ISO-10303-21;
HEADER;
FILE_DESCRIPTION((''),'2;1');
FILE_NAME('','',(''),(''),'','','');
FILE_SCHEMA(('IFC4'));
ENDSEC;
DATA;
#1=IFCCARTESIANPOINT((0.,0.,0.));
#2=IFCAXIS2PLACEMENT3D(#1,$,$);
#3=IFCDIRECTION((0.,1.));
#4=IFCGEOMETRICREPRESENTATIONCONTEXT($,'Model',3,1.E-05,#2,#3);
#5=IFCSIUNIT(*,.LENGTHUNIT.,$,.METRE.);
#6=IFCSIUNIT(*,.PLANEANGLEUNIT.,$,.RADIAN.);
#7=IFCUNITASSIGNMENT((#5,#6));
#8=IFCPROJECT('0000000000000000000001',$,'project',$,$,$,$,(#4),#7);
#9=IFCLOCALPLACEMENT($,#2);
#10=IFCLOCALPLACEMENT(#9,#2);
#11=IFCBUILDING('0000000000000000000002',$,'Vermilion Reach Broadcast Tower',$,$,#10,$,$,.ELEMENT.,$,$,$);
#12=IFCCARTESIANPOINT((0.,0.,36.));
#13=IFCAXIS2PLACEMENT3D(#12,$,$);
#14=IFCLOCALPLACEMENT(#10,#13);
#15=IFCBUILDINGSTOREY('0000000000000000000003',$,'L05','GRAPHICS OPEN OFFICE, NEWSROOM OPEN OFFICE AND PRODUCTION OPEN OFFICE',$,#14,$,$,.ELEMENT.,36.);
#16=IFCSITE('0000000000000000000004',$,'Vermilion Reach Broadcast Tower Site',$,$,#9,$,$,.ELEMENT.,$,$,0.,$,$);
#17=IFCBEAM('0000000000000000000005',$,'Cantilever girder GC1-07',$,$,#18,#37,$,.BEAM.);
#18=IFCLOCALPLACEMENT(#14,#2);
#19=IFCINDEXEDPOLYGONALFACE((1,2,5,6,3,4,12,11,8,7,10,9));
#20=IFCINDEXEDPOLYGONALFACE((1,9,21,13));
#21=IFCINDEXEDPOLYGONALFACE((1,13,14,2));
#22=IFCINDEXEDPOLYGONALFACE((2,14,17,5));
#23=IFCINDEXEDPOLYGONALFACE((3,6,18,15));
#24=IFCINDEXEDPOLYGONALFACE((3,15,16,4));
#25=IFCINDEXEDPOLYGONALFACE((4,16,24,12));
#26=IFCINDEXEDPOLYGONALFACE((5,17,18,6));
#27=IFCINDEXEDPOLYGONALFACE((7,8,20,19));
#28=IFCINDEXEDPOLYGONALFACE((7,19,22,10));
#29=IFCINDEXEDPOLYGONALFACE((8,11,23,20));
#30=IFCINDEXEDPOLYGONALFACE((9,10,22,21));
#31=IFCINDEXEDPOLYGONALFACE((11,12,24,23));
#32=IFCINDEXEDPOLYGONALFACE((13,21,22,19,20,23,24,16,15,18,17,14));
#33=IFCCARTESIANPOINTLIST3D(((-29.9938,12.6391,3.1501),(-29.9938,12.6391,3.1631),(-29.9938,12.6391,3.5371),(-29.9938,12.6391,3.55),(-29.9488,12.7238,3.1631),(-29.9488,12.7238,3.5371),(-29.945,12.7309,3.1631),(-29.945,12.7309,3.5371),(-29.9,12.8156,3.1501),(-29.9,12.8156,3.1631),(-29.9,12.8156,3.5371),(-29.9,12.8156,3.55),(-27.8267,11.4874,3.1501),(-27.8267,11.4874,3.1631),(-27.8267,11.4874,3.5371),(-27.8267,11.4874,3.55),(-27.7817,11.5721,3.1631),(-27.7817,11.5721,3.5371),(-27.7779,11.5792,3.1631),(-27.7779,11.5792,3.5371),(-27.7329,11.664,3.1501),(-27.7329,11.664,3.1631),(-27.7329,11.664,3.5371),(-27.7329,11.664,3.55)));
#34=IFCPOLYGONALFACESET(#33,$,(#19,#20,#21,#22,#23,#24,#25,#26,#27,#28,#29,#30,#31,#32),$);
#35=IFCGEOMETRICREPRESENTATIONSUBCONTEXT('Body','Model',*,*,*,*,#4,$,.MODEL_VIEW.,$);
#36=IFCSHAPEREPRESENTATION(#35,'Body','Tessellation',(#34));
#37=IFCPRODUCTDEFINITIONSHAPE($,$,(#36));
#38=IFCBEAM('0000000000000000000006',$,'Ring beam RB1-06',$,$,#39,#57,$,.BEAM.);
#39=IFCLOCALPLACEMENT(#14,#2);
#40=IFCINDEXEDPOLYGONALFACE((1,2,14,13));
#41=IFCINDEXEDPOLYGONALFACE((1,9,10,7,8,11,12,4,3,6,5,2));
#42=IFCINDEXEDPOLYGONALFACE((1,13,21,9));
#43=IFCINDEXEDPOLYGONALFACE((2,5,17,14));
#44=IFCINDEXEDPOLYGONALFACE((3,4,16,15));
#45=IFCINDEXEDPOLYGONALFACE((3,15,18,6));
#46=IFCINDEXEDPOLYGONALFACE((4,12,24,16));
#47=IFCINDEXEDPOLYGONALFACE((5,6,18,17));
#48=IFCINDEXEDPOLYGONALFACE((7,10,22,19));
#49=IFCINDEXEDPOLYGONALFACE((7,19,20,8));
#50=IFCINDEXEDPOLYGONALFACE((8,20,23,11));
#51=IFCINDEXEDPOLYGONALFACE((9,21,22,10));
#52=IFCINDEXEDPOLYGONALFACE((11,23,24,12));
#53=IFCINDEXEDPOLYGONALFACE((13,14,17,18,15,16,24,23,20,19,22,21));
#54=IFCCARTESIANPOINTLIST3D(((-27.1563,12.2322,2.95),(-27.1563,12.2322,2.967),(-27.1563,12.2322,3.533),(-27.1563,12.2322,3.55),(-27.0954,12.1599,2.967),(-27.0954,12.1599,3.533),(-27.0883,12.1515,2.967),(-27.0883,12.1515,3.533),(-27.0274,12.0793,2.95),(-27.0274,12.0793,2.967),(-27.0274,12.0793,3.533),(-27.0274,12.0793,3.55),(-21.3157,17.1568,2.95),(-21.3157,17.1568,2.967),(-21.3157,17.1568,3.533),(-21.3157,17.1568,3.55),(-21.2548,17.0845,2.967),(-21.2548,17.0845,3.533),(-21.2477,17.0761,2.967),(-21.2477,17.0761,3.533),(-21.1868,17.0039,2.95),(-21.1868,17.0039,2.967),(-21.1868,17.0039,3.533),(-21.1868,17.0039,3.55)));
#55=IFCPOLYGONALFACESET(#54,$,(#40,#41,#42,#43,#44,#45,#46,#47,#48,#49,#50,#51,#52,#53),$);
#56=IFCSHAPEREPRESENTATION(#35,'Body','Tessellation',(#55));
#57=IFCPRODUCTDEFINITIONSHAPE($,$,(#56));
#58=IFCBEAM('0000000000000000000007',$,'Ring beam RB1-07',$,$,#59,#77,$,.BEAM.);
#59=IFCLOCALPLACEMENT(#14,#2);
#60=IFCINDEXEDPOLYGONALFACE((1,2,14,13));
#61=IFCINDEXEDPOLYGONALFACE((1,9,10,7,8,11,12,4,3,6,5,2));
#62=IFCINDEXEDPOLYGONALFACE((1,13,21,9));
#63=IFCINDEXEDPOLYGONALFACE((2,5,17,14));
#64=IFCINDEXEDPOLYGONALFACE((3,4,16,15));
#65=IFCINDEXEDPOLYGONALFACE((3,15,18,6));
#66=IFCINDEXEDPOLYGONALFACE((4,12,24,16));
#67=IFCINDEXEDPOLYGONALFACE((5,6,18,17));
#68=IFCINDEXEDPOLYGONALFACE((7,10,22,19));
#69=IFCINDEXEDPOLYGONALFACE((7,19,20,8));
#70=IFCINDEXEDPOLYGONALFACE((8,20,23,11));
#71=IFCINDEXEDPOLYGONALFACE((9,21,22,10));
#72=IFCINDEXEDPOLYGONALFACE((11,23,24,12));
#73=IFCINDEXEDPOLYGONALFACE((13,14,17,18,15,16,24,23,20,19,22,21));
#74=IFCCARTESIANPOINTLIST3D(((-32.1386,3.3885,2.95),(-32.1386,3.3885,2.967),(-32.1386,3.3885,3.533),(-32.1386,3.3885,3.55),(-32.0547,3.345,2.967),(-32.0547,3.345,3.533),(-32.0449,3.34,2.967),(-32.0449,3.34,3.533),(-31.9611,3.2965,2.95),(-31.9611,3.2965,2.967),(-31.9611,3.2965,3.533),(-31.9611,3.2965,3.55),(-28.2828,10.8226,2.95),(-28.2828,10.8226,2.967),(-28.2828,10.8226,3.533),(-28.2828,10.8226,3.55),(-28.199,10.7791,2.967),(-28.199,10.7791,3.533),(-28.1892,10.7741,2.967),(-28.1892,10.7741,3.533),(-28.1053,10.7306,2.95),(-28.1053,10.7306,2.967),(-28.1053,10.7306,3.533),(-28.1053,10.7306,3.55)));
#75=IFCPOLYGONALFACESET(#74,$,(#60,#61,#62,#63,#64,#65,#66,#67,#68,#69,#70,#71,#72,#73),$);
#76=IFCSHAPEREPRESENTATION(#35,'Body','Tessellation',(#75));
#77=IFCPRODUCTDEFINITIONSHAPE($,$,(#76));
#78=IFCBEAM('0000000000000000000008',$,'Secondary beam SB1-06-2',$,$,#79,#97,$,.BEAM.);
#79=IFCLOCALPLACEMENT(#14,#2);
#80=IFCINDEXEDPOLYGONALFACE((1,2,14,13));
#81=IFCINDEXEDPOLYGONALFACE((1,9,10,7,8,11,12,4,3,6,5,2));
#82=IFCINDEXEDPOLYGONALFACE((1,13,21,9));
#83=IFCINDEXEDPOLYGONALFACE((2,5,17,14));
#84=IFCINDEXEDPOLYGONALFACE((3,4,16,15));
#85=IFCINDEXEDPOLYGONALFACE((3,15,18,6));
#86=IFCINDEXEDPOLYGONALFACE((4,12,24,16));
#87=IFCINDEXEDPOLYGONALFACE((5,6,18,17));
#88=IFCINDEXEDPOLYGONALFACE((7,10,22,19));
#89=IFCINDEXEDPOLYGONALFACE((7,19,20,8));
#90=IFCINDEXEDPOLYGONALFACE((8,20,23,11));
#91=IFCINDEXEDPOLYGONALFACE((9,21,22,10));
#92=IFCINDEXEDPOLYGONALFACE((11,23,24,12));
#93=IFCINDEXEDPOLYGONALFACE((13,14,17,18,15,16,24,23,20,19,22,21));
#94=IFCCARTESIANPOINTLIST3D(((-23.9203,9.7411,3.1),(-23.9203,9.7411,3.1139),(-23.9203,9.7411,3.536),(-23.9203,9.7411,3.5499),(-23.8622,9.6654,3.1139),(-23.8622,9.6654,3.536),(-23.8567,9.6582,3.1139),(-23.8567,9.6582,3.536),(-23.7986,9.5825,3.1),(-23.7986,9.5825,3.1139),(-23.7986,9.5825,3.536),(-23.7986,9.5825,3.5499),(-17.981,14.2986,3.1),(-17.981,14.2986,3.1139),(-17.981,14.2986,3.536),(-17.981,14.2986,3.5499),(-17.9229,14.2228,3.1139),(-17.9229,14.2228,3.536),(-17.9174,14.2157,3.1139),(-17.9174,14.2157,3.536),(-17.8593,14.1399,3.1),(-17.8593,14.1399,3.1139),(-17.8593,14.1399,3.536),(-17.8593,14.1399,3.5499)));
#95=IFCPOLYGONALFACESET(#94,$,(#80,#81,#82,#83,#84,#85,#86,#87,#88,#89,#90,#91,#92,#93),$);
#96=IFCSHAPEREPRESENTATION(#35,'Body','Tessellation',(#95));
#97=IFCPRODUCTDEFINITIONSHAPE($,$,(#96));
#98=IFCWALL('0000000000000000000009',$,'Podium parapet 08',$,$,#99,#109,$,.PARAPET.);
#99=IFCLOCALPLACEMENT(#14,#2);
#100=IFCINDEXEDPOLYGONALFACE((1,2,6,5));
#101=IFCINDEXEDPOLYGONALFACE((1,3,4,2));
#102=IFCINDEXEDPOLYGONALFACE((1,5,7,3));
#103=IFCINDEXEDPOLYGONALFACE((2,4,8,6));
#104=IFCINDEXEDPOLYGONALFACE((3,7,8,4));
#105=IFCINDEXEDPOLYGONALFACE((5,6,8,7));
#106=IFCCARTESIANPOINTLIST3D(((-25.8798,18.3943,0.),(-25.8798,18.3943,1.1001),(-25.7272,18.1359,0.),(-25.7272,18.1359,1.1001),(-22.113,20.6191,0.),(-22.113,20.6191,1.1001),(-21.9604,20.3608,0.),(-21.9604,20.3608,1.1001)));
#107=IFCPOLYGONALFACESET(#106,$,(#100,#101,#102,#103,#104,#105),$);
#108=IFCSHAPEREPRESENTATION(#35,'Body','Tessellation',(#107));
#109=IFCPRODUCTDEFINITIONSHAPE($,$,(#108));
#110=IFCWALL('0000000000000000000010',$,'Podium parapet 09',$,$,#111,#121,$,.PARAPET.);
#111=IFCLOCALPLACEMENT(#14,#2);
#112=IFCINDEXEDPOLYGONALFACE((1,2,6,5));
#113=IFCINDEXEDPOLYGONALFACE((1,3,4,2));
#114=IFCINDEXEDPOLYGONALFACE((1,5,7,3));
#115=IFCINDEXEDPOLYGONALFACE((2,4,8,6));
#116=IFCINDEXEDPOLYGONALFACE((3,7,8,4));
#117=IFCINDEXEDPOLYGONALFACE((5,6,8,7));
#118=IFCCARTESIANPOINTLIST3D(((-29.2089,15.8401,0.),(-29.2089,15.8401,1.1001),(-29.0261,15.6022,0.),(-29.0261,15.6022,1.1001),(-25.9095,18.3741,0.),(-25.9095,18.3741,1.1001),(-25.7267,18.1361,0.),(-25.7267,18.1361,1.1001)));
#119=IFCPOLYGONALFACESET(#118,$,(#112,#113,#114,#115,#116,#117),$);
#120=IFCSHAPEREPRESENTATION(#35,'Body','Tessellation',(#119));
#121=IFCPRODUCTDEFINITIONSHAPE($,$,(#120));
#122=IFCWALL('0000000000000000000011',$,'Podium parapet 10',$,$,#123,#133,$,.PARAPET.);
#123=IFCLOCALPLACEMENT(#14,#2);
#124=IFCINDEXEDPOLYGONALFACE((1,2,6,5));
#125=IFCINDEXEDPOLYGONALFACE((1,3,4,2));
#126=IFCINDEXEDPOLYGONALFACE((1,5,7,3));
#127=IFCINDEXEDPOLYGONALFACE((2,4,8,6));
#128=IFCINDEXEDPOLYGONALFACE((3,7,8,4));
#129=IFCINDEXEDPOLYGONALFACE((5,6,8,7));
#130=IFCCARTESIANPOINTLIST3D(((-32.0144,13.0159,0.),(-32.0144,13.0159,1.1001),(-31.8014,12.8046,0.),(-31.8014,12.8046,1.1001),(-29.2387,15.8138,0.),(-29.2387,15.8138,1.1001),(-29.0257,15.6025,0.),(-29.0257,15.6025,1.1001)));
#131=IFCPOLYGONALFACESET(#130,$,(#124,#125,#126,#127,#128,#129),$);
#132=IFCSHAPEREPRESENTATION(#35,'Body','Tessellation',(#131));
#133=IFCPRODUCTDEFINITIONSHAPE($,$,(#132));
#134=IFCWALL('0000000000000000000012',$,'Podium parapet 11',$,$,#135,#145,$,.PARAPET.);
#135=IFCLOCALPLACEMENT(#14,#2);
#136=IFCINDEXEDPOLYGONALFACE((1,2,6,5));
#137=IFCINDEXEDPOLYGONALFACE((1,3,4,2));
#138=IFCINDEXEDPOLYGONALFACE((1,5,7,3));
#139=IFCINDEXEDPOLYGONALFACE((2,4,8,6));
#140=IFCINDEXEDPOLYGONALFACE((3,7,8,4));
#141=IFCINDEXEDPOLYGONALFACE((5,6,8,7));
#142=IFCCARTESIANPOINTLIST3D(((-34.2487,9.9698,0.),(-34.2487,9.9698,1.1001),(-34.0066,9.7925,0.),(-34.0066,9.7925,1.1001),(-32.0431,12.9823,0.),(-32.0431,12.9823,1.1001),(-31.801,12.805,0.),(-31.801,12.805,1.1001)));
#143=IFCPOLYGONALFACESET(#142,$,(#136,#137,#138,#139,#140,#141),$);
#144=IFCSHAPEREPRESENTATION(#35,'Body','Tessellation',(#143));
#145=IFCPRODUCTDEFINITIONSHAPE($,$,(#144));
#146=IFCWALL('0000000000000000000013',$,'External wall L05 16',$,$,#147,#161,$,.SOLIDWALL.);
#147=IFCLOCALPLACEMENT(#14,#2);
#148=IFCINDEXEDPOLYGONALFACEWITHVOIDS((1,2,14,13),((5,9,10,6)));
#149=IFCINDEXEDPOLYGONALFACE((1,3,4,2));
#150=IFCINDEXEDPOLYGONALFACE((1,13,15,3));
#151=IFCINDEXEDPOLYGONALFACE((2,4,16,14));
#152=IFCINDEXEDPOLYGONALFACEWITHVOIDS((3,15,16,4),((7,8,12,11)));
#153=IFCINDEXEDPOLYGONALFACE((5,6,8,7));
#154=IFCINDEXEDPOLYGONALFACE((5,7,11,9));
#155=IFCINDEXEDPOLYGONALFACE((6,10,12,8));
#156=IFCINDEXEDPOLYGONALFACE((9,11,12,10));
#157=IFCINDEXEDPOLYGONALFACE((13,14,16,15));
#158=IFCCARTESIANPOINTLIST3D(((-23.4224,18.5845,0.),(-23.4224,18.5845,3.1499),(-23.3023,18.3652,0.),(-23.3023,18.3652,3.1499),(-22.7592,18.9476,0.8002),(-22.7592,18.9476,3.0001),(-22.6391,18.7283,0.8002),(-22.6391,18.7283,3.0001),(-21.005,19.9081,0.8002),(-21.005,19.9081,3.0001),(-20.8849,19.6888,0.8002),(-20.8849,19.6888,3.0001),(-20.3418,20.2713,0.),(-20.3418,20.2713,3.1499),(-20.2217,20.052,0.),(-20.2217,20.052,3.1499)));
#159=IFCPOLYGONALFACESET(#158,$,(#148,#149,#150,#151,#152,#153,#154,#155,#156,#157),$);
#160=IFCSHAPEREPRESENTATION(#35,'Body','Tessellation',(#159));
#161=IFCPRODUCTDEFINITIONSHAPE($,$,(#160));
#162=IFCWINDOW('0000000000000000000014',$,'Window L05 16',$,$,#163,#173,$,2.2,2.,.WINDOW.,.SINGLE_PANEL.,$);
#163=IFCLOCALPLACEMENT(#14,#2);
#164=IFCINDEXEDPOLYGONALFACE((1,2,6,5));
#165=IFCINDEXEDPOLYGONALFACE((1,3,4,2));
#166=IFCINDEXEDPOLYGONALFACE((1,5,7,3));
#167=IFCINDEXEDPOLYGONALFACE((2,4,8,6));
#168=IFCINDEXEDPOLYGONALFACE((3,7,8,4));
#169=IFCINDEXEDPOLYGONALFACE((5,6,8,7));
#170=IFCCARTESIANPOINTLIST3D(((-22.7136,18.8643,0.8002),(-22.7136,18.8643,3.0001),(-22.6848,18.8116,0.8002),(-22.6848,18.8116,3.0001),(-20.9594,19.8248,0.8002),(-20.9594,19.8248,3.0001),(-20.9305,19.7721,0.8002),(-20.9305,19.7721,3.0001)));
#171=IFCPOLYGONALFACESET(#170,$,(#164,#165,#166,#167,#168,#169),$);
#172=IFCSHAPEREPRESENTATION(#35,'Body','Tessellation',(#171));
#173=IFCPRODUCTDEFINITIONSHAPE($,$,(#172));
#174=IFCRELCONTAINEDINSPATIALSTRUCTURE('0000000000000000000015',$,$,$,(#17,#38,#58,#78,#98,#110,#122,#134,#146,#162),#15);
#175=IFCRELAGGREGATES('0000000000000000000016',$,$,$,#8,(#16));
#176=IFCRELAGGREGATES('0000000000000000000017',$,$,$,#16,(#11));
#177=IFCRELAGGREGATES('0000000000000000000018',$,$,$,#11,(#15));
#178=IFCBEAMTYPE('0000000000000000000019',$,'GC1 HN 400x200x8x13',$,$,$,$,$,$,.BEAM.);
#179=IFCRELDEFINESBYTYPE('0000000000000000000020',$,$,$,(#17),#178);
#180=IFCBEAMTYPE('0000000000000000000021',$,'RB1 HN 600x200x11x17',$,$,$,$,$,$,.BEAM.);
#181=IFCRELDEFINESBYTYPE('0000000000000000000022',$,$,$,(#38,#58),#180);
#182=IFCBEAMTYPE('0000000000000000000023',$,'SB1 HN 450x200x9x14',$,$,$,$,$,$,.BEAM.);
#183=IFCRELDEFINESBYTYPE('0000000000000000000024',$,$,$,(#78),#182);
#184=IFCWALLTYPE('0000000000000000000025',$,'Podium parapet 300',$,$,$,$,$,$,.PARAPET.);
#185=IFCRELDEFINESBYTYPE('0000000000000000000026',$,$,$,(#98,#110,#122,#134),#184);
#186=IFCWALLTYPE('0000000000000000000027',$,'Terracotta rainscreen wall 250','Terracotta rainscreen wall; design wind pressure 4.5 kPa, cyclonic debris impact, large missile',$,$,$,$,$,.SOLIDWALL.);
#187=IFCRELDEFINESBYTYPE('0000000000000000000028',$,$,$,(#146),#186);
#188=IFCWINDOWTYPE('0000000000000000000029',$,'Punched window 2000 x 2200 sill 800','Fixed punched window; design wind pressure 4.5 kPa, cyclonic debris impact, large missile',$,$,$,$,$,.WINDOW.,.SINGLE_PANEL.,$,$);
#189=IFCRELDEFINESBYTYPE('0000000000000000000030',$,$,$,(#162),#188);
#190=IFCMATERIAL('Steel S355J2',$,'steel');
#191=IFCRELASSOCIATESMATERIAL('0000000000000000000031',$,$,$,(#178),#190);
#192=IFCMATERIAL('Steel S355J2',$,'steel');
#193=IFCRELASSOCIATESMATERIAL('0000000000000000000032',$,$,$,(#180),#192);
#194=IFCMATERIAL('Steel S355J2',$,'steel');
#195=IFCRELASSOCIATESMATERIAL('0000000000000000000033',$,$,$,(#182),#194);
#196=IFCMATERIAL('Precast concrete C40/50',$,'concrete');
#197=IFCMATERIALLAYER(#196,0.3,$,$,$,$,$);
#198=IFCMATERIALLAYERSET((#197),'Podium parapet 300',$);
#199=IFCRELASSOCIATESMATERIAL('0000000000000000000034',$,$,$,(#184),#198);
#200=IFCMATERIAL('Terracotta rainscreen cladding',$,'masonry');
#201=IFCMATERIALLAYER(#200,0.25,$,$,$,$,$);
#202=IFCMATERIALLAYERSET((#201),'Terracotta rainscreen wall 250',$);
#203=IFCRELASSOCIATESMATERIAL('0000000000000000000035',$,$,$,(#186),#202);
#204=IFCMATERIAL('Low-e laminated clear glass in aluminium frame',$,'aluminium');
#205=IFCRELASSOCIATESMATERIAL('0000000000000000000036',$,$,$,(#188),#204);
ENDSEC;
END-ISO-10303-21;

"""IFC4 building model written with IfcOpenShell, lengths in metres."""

from ifc_helpers import new_model, si_unit, direction, frame, frame_2d, origin, origin_2d, place, context, subcontext, project, spatial, rectangle, i_section, extrude, material, layer, layer_set, material_profile, profile_set, type_object, element, fill, save


model = new_model("IFC4")

# Units and contexts
model_context = context("Model", 3, precision=1e-05, world=origin(), true_north=direction((0.0, 1.0)))
body_context = subcontext(model_context, "Body", "Model", "MODEL_VIEW")
ifc_project = project(units=[si_unit("LENGTHUNIT", "METRE"), si_unit("PLANEANGLEUNIT", "RADIAN")], contexts=[model_context])

# Site, building, storey
site_placement = place(None, origin())
site = spatial("IfcSite", under=ifc_project, at=site_placement, Name="Vermilion Reach Broadcast Tower Site", CompositionType="ELEMENT", RefElevation=0.0)
building_placement = place(site_placement, origin())
building = spatial("IfcBuilding", under=site, at=building_placement, Name="Vermilion Reach Broadcast Tower", CompositionType="ELEMENT")
storey_placement = place(building_placement, frame((0.0, 0.0, 36.0)))
storey = spatial("IfcBuildingStorey", under=building, at=storey_placement, Name="L05", Description="GRAPHICS OPEN OFFICE, NEWSROOM OPEN OFFICE AND PRODUCTION OPEN OFFICE", CompositionType="ELEMENT", Elevation=36.0)

# Beams
ifc_material_1 = material(Name="Steel S355J2", Category="steel")
ifc_material_profile_1 = material_profile(ifc_material_1, i_section(OverallWidth=0.2, OverallDepth=0.3999, WebThickness=0.0081, FlangeThickness=0.0129, at=origin_2d()), Name="S355J2 HN 400x200x8x13")
ifc_profile_set_1 = profile_set([ifc_material_profile_1], Name="Steel S355J2")
beam_type_1 = type_object("IfcBeamType", Name="GC1 HN 400x200x8x13", PredefinedType="BEAM", material=ifc_profile_set_1)
beam_1_placement = place(storey_placement, frame((-27.7798, 11.5757, 3.3501), z_axis=(-0.883049, 0.469281, 0.0), x_axis=(-0.469281, -0.883049, 0.0)))
element("IfcBeam", 1, at=beam_1_placement, inside=storey, type_object=beam_type_1, Name="Cantilever girder GC1-07", PredefinedType="BEAM", context=body_context, shape_type="SweptSolid", body=[
    extrude(i_section(OverallWidth=0.2, OverallDepth=0.3999, WebThickness=0.0081, FlangeThickness=0.0129, at=origin_2d()), origin(), (0.0, 0.0, 1.0), 2.4541),
])
ifc_material_2 = material(Name="Steel S355J2", Category="steel")
ifc_material_profile_2 = material_profile(ifc_material_2, i_section(OverallWidth=0.2, OverallDepth=0.6001, WebThickness=0.011, FlangeThickness=0.0171, at=origin_2d()), Name="S355J2 HN 600x200x11x17")
ifc_profile_set_2 = profile_set([ifc_material_profile_2], Name="Steel S355J2")
beam_type_2 = type_object("IfcBeamType", Name="RB1 HN 600x200x11x17", PredefinedType="BEAM", material=ifc_profile_set_2)
beam_2_placement = place(storey_placement, frame((-21.2512, 17.0803, 3.25), z_axis=(-0.764512, -0.644609, 0.0), x_axis=(0.644609, -0.764512, 0.0)))
element("IfcBeam", 2, at=beam_2_placement, inside=storey, type_object=beam_type_2, Name="Ring beam RB1-06", PredefinedType="BEAM", context=body_context, shape_type="SweptSolid", body=[
    extrude(i_section(OverallWidth=0.2, OverallDepth=0.6001, WebThickness=0.011, FlangeThickness=0.0171, at=origin_2d()), origin(), (0.0, 0.0, 1.0), 7.6396),
])
beam_3_placement = place(storey_placement, frame((-28.1941, 10.7766, 3.25), z_axis=(-0.460412, -0.887706, 0.0), x_axis=(0.887706, -0.460412, 0.0)))
element("IfcBeam", 3, at=beam_3_placement, inside=storey, type_object=beam_type_2, Name="Ring beam RB1-07", PredefinedType="BEAM", context=body_context, shape_type="SweptSolid", body=[
    extrude(i_section(OverallWidth=0.2, OverallDepth=0.6001, WebThickness=0.011, FlangeThickness=0.0171, at=origin_2d()), origin(), (0.0, 0.0, 1.0), 8.3745),
])
ifc_material_3 = material(Name="Steel S355J2", Category="steel")
ifc_material_profile_3 = material_profile(ifc_material_3, i_section(OverallWidth=0.2, OverallDepth=0.45, WebThickness=0.009, FlangeThickness=0.0139, at=origin_2d()), Name="S355J2 HN 450x200x9x14")
ifc_profile_set_3 = profile_set([ifc_material_profile_3], Name="Steel S355J2")
beam_type_3 = type_object("IfcBeamType", Name="SB1 HN 450x200x9x14", PredefinedType="BEAM", material=ifc_profile_set_3)
beam_4_placement = place(storey_placement, frame((-17.9202, 14.2192, 3.325), z_axis=(-0.79335, -0.608766, 0.0), x_axis=(0.608766, -0.79335, 0.0)))
element("IfcBeam", 4, at=beam_4_placement, inside=storey, type_object=beam_type_3, Name="Secondary beam SB1-06-2", PredefinedType="BEAM", context=body_context, shape_type="SweptSolid", body=[
    extrude(i_section(OverallWidth=0.2, OverallDepth=0.45, WebThickness=0.009, FlangeThickness=0.0139, at=origin_2d()), origin(), (0.0, 0.0, 1.0), 7.4863),
])

# Walls
ifc_material_4 = material(Name="Precast concrete C40/50", Category="concrete")
ifc_layer_1 = layer(ifc_material_4, 0.3)
ifc_layer_set_1 = layer_set([ifc_layer_1], Name="Podium parapet 300")
wall_type_1 = type_object("IfcWallType", Name="Podium parapet 300", PredefinedType="PARAPET", material=ifc_layer_set_1)
wall_1_placement = place(storey_placement, frame((-22.0366, 20.49, 0.0), z_axis=(0.0, 0.0, 1.0), x_axis=(-0.861028, -0.508558, 0.0)))
element("IfcWall", 5, at=wall_1_placement, inside=storey, type_object=wall_type_1, Name="Podium parapet 08", PredefinedType="PARAPET", context=body_context, shape_type="SweptSolid", body=[
    extrude(rectangle(XDim=4.3748, YDim=0.3, at=frame_2d((2.1875, 0.0))), origin(), (0.0, 0.0, 1.0), 1.1001),
])
wall_2_placement = place(storey_placement, frame((-25.8181, 18.2551, 0.0), z_axis=(0.0, 0.0, 1.0), x_axis=(-0.793088, -0.609106, 0.0)))
element("IfcWall", 6, at=wall_2_placement, inside=storey, type_object=wall_type_1, Name="Podium parapet 09", PredefinedType="PARAPET", context=body_context, shape_type="SweptSolid", body=[
    extrude(rectangle(XDim=4.1602, YDim=0.3, at=frame_2d((2.0801, 0.0))), origin(), (0.0, 0.0, 1.0), 1.1001),
])
wall_3_placement = place(storey_placement, frame((-29.1321, 15.7083, 0.0), z_axis=(0.0, 0.0, 1.0), x_axis=(-0.704283, -0.70992, 0.0)))
element("IfcWall", 7, at=wall_3_placement, inside=storey, type_object=wall_type_1, Name="Podium parapet 10", PredefinedType="PARAPET", context=body_context, shape_type="SweptSolid", body=[
    extrude(rectangle(XDim=3.9412, YDim=0.3, at=frame_2d((1.9707, 0.0))), origin(), (0.0, 0.0, 1.0), 1.1001),
])
wall_4_placement = place(storey_placement, frame((-31.9221, 12.8936, 0.0), z_axis=(0.0, 0.0, 1.0), x_axis=(-0.590743, -0.80686, 0.0)))
element("IfcWall", 8, at=wall_4_placement, inside=storey, type_object=wall_type_1, Name="Podium parapet 11", PredefinedType="PARAPET", context=body_context, shape_type="SweptSolid", body=[
    extrude(rectangle(XDim=3.7336, YDim=0.3, at=frame_2d((1.8667, 0.0))), origin(), (0.0, 0.0, 1.0), 1.1001),
])

# Wall, opening, window
ifc_material_5 = material(Name="Terracotta rainscreen cladding", Category="masonry")
ifc_layer_2 = layer(ifc_material_5, 0.25)
ifc_layer_set_2 = layer_set([ifc_layer_2], Name="Terracotta rainscreen wall 250")
wall_type_2 = type_object("IfcWallType", Name="Terracotta rainscreen wall 250", Description="Terracotta rainscreen wall; design wind pressure 4.5 kPa, cyclonic debris impact, large missile", PredefinedType="SOLIDWALL", material=ifc_layer_set_2)
wall_5_placement = place(storey_placement, frame((-20.2817, 20.1616, 0.0), z_axis=(0.0, 0.0, 1.0), x_axis=(-0.877121, -0.480269, 0.0)))
wall_5 = element("IfcWall", 9, at=wall_5_placement, inside=storey, type_object=wall_type_2, Name="External wall L05 16", PredefinedType="SOLIDWALL", context=body_context, shape_type="SweptSolid", body=[
    extrude(rectangle(XDim=3.5122, YDim=0.25, at=frame_2d((1.7561, 0.0))), origin(), (0.0, 0.0, 1.0), 3.1499),
])
opening_1_placement = place(wall_5_placement, frame((0.7561, 0.0, 0.8)))
opening_1 = element("IfcOpeningElement", 10, at=opening_1_placement, cuts=wall_5, PredefinedType="OPENING", context=body_context, shape_type="SweptSolid", body=[
    extrude(rectangle(XDim=2.0, YDim=2.2, at=frame_2d((1.0, 1.1001))), frame((0.0, 0.135, 0.0), z_axis=(0.0, -1.0, 0.0), x_axis=(1.0, 0.0, 0.0)), (0.0, 0.0, 1.0), 0.27),
])
ifc_material_6 = material(Name="Low-e laminated clear glass in aluminium frame", Category="aluminium")
window_type = type_object("IfcWindowType", Name="Punched window 2000 x 2200 sill 800", Description="Fixed punched window; design wind pressure 4.5 kPa, cyclonic debris impact, large missile", PartitioningType="SINGLE_PANEL", PredefinedType="WINDOW", material=ifc_material_6)
window_1_placement = place(opening_1_placement, origin())
window_1 = element("IfcWindow", 11, at=window_1_placement, inside=storey, type_object=window_type, Name="Window L05 16", OverallHeight=2.2, OverallWidth=2.0, PartitioningType="SINGLE_PANEL", PredefinedType="WINDOW", context=body_context, shape_type="SweptSolid", body=[
    extrude(rectangle(XDim=2.0, YDim=2.2, at=frame_2d((1.0, 1.1001))), frame((0.0, 0.03, 0.0), z_axis=(0.0, -1.0, 0.0), x_axis=(1.0, 0.0, 0.0)), (0.0, 0.0, 1.0), 0.0601),
])
fill(opening_1, window_1)

save(model, "model.ifc")
